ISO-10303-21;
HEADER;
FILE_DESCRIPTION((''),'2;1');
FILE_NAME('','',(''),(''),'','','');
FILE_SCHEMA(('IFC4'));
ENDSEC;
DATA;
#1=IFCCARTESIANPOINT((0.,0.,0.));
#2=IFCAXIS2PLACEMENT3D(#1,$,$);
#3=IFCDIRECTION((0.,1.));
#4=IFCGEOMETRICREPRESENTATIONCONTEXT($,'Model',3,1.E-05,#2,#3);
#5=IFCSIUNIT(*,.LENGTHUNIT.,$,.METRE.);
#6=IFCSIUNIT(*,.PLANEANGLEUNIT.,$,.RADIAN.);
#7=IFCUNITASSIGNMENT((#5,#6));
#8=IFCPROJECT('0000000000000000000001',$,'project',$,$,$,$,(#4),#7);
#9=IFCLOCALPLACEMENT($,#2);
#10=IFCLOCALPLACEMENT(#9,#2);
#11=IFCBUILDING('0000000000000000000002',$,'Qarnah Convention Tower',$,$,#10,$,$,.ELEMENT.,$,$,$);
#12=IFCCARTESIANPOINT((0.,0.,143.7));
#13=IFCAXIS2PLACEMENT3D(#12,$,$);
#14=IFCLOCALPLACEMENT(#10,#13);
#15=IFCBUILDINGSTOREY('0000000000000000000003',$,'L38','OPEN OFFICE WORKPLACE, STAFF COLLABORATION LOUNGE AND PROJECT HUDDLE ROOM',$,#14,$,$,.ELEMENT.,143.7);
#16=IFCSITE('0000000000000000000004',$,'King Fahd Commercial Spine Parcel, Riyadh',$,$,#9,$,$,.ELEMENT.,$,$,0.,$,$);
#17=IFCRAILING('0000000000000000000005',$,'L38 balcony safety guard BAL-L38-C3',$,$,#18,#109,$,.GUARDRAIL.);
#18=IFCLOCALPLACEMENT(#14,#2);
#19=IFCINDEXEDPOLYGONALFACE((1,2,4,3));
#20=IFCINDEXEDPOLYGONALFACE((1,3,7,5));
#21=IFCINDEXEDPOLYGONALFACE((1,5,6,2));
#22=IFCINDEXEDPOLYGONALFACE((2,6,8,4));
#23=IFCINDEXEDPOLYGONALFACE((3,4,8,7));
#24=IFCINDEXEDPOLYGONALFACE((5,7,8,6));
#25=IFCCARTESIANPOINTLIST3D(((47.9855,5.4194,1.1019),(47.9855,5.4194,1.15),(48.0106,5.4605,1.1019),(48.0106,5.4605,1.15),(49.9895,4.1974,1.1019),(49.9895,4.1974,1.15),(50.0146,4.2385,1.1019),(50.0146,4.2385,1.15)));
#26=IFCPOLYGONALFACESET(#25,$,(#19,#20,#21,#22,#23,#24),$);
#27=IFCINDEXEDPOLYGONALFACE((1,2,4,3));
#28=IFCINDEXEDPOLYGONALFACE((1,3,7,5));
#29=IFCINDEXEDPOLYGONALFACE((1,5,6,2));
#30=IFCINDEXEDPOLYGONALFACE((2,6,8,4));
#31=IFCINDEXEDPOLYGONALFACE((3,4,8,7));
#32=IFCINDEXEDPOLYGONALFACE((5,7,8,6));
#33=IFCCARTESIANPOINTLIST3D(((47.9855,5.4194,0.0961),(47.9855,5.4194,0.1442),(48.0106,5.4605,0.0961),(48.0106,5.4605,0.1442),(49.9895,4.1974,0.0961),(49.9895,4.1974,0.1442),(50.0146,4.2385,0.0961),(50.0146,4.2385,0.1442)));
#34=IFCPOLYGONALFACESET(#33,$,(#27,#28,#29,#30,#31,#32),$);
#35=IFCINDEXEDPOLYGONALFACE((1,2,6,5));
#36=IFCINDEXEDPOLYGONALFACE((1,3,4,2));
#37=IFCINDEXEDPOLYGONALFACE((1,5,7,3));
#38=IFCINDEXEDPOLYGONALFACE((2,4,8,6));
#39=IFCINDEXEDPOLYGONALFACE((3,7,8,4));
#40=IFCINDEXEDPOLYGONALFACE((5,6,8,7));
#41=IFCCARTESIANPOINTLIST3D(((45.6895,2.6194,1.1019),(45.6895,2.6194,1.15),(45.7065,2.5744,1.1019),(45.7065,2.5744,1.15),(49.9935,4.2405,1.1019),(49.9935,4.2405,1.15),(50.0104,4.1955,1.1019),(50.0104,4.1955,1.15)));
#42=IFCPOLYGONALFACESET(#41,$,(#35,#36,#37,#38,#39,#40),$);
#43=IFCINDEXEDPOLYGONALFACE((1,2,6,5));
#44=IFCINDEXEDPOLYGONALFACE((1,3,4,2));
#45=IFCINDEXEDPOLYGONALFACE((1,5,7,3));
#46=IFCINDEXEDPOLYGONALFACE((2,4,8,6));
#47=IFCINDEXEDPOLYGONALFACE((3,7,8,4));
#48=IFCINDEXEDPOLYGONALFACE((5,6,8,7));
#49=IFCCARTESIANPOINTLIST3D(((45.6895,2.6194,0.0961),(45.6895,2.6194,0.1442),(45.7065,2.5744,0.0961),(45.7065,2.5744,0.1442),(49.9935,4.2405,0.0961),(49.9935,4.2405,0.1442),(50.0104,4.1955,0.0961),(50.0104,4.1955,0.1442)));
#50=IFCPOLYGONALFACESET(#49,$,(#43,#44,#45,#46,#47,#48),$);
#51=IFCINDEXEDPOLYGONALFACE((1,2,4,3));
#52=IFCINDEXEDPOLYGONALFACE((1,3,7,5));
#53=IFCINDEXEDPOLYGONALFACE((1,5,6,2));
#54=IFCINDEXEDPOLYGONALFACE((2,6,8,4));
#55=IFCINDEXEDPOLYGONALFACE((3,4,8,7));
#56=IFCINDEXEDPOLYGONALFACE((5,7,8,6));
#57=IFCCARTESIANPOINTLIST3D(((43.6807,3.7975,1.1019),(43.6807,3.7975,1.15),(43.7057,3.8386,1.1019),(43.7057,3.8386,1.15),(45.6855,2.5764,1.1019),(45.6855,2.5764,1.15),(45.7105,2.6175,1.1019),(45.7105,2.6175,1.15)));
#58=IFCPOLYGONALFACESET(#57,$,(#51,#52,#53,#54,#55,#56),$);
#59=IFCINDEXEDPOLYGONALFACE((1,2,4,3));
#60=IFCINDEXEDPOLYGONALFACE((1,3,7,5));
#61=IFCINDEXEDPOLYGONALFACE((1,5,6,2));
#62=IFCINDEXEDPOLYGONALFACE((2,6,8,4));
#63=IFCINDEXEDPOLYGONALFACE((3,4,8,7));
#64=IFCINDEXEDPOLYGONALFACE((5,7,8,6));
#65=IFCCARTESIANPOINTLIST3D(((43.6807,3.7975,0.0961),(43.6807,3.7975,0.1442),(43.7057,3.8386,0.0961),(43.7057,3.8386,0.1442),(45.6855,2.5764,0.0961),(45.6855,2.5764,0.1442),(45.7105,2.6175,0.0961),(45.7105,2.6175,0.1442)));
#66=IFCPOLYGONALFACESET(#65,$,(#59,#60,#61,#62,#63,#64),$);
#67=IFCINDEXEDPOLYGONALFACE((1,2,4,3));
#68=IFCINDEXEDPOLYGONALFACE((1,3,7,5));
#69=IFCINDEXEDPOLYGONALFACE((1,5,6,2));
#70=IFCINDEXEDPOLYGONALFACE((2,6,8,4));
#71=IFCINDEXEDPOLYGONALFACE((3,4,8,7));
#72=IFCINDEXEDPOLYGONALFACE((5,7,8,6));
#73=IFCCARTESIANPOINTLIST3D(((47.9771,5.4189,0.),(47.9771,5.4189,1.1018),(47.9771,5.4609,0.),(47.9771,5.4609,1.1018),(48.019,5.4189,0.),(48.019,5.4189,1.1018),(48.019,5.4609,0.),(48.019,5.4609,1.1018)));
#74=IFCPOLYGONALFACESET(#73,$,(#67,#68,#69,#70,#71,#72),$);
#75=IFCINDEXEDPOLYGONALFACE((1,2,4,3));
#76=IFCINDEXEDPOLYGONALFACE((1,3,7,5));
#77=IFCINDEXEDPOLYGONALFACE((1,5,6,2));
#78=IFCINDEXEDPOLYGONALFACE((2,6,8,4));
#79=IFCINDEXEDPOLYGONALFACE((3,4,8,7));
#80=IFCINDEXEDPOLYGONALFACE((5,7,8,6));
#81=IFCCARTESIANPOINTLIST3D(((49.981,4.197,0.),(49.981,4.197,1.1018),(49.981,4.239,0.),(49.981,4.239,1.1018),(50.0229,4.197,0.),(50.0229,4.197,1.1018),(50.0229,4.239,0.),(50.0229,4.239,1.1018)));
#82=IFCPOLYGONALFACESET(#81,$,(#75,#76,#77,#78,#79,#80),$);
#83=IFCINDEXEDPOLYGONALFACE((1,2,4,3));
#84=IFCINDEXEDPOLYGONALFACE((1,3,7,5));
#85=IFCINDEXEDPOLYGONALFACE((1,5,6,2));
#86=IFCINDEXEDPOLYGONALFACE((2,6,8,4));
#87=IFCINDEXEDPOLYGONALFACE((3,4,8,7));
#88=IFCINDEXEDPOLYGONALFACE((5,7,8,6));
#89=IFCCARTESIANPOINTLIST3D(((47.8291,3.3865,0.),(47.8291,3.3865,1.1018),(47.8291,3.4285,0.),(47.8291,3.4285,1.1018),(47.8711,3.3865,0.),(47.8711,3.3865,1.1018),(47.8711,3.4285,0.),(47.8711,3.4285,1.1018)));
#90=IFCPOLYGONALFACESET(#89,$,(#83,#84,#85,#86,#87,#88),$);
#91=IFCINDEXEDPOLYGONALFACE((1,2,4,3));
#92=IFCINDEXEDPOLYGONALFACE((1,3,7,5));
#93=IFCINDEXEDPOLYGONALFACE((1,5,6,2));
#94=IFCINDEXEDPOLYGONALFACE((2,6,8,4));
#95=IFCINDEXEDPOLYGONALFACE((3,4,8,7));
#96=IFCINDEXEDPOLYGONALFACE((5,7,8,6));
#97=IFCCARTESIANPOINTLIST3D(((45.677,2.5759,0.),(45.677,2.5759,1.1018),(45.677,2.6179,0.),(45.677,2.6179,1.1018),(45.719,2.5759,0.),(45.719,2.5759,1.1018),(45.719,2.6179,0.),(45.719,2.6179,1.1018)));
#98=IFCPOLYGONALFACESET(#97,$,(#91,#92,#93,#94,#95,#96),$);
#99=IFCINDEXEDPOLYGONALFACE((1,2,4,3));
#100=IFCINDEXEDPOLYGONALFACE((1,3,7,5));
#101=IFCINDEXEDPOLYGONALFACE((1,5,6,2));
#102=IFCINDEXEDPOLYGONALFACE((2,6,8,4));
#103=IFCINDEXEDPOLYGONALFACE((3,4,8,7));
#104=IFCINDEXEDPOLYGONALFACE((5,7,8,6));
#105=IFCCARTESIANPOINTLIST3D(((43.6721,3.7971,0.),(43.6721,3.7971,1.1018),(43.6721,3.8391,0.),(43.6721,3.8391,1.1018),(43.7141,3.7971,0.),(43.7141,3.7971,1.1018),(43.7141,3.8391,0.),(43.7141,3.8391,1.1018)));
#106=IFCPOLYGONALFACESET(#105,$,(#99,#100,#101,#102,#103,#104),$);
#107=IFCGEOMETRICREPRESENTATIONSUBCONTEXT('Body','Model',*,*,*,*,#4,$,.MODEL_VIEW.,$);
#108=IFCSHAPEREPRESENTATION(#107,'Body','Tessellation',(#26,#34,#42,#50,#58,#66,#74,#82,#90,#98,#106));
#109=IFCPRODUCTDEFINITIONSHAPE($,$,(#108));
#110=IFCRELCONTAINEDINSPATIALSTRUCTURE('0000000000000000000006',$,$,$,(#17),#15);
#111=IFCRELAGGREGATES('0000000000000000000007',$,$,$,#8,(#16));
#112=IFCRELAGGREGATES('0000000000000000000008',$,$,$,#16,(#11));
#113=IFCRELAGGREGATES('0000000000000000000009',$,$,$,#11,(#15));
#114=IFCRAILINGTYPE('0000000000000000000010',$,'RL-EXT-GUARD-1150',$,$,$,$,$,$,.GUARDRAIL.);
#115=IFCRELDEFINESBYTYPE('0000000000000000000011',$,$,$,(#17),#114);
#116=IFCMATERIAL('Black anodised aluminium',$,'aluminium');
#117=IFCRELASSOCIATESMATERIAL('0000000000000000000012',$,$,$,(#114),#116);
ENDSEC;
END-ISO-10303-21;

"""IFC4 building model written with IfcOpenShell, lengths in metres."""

from ifc_helpers import new_model, si_unit, direction, frame, origin, origin_2d, place, context, subcontext, project, spatial, rectangle, extrude, material, type_object, element, save


model = new_model("IFC4")

# Units and contexts
model_context = context("Model", 3, precision=1e-05, world=origin(), true_north=direction((0.0, 1.0)))
body_context = subcontext(model_context, "Body", "Model", "MODEL_VIEW")
ifc_project = project(units=[si_unit("LENGTHUNIT", "METRE"), si_unit("PLANEANGLEUNIT", "RADIAN")], contexts=[model_context])

# Site, building, storey
site_placement = place(None, origin())
site = spatial("IfcSite", under=ifc_project, at=site_placement, Name="King Fahd Commercial Spine Parcel, Riyadh", CompositionType="ELEMENT", RefElevation=0.0)
building_placement = place(site_placement, origin())
building = spatial("IfcBuilding", under=site, at=building_placement, Name="Qarnah Convention Tower", CompositionType="ELEMENT")
storey_placement = place(building_placement, frame((0.0, 0.0, 143.7)))
storey = spatial("IfcBuildingStorey", under=building, at=storey_placement, Name="L38", Description="OPEN OFFICE WORKPLACE, STAFF COLLABORATION LOUNGE AND PROJECT HUDDLE ROOM", CompositionType="ELEMENT", Elevation=143.7)

# Shared definitions
ifc_material_1 = material(Name="Black anodised aluminium", Category="aluminium")

# Railing
railing_type = type_object("IfcRailingType", Name="RL-EXT-GUARD-1150", PredefinedType="GUARDRAIL", material=ifc_material_1)
railing_1_placement = place(storey_placement, frame((47.998, 5.4399, 0.0)))
element("IfcRailing", 1, at=railing_1_placement, inside=storey, type_object=railing_type, Name="L38 balcony safety guard BAL-L38-C3", PredefinedType="GUARDRAIL", context=body_context, shape_type="SweptSolid", body=[
    extrude(rectangle(XDim=0.0481, YDim=0.0481, at=origin_2d()), frame((0.0, 0.0, 1.126), z_axis=(0.853791, -0.520617, 0.0), x_axis=(0.520617, 0.853791, 0.0)), (0.0, 0.0, 1.0), 2.3472),
    extrude(rectangle(XDim=0.0481, YDim=0.0481, at=origin_2d()), frame((0.0, 0.0, 0.1201), z_axis=(0.853791, -0.520617, 0.0), x_axis=(0.520617, 0.853791, 0.0)), (0.0, 0.0, 1.0), 2.3472),
    extrude(rectangle(XDim=0.0481, YDim=0.0481, at=origin_2d()), frame((2.0039, -1.2219, 1.126), z_axis=(-0.93582, -0.352479, 0.0), x_axis=(0.352479, -0.93582, 0.0)), (0.0, 0.0, 1.0), 4.5991),
    extrude(rectangle(XDim=0.0481, YDim=0.0481, at=origin_2d()), frame((2.0039, -1.2219, 0.1201), z_axis=(-0.93582, -0.352479, 0.0), x_axis=(0.352479, -0.93582, 0.0)), (0.0, 0.0, 1.0), 4.5991),
    extrude(rectangle(XDim=0.0481, YDim=0.0481, at=origin_2d()), frame((-2.3, -2.843, 1.126), z_axis=(-0.854042, 0.520204, 0.0), x_axis=(-0.520204, -0.854042, 0.0)), (0.0, 0.0, 1.0), 2.3474),
    extrude(rectangle(XDim=0.0481, YDim=0.0481, at=origin_2d()), frame((-2.3, -2.843, 0.1201), z_axis=(-0.854042, 0.520204, 0.0), x_axis=(-0.520204, -0.854042, 0.0)), (0.0, 0.0, 1.0), 2.3474),
    extrude(rectangle(XDim=0.042, YDim=0.042, at=origin_2d()), origin(), (0.0, 0.0, 1.0), 1.1018),
    extrude(rectangle(XDim=0.042, YDim=0.042, at=origin_2d()), frame((2.0039, -1.2219, 0.0)), (0.0, 0.0, 1.0), 1.1018),
    extrude(rectangle(XDim=0.042, YDim=0.042, at=origin_2d()), frame((-0.1479, -2.0325, 0.0)), (0.0, 0.0, 1.0), 1.1018),
    extrude(rectangle(XDim=0.042, YDim=0.042, at=origin_2d()), frame((-2.3, -2.843, 0.0)), (0.0, 0.0, 1.0), 1.1018),
    extrude(rectangle(XDim=0.042, YDim=0.042, at=origin_2d()), frame((-4.3049, -1.6218, 0.0)), (0.0, 0.0, 1.0), 1.1018),
])

save(model, "model.ifc")
